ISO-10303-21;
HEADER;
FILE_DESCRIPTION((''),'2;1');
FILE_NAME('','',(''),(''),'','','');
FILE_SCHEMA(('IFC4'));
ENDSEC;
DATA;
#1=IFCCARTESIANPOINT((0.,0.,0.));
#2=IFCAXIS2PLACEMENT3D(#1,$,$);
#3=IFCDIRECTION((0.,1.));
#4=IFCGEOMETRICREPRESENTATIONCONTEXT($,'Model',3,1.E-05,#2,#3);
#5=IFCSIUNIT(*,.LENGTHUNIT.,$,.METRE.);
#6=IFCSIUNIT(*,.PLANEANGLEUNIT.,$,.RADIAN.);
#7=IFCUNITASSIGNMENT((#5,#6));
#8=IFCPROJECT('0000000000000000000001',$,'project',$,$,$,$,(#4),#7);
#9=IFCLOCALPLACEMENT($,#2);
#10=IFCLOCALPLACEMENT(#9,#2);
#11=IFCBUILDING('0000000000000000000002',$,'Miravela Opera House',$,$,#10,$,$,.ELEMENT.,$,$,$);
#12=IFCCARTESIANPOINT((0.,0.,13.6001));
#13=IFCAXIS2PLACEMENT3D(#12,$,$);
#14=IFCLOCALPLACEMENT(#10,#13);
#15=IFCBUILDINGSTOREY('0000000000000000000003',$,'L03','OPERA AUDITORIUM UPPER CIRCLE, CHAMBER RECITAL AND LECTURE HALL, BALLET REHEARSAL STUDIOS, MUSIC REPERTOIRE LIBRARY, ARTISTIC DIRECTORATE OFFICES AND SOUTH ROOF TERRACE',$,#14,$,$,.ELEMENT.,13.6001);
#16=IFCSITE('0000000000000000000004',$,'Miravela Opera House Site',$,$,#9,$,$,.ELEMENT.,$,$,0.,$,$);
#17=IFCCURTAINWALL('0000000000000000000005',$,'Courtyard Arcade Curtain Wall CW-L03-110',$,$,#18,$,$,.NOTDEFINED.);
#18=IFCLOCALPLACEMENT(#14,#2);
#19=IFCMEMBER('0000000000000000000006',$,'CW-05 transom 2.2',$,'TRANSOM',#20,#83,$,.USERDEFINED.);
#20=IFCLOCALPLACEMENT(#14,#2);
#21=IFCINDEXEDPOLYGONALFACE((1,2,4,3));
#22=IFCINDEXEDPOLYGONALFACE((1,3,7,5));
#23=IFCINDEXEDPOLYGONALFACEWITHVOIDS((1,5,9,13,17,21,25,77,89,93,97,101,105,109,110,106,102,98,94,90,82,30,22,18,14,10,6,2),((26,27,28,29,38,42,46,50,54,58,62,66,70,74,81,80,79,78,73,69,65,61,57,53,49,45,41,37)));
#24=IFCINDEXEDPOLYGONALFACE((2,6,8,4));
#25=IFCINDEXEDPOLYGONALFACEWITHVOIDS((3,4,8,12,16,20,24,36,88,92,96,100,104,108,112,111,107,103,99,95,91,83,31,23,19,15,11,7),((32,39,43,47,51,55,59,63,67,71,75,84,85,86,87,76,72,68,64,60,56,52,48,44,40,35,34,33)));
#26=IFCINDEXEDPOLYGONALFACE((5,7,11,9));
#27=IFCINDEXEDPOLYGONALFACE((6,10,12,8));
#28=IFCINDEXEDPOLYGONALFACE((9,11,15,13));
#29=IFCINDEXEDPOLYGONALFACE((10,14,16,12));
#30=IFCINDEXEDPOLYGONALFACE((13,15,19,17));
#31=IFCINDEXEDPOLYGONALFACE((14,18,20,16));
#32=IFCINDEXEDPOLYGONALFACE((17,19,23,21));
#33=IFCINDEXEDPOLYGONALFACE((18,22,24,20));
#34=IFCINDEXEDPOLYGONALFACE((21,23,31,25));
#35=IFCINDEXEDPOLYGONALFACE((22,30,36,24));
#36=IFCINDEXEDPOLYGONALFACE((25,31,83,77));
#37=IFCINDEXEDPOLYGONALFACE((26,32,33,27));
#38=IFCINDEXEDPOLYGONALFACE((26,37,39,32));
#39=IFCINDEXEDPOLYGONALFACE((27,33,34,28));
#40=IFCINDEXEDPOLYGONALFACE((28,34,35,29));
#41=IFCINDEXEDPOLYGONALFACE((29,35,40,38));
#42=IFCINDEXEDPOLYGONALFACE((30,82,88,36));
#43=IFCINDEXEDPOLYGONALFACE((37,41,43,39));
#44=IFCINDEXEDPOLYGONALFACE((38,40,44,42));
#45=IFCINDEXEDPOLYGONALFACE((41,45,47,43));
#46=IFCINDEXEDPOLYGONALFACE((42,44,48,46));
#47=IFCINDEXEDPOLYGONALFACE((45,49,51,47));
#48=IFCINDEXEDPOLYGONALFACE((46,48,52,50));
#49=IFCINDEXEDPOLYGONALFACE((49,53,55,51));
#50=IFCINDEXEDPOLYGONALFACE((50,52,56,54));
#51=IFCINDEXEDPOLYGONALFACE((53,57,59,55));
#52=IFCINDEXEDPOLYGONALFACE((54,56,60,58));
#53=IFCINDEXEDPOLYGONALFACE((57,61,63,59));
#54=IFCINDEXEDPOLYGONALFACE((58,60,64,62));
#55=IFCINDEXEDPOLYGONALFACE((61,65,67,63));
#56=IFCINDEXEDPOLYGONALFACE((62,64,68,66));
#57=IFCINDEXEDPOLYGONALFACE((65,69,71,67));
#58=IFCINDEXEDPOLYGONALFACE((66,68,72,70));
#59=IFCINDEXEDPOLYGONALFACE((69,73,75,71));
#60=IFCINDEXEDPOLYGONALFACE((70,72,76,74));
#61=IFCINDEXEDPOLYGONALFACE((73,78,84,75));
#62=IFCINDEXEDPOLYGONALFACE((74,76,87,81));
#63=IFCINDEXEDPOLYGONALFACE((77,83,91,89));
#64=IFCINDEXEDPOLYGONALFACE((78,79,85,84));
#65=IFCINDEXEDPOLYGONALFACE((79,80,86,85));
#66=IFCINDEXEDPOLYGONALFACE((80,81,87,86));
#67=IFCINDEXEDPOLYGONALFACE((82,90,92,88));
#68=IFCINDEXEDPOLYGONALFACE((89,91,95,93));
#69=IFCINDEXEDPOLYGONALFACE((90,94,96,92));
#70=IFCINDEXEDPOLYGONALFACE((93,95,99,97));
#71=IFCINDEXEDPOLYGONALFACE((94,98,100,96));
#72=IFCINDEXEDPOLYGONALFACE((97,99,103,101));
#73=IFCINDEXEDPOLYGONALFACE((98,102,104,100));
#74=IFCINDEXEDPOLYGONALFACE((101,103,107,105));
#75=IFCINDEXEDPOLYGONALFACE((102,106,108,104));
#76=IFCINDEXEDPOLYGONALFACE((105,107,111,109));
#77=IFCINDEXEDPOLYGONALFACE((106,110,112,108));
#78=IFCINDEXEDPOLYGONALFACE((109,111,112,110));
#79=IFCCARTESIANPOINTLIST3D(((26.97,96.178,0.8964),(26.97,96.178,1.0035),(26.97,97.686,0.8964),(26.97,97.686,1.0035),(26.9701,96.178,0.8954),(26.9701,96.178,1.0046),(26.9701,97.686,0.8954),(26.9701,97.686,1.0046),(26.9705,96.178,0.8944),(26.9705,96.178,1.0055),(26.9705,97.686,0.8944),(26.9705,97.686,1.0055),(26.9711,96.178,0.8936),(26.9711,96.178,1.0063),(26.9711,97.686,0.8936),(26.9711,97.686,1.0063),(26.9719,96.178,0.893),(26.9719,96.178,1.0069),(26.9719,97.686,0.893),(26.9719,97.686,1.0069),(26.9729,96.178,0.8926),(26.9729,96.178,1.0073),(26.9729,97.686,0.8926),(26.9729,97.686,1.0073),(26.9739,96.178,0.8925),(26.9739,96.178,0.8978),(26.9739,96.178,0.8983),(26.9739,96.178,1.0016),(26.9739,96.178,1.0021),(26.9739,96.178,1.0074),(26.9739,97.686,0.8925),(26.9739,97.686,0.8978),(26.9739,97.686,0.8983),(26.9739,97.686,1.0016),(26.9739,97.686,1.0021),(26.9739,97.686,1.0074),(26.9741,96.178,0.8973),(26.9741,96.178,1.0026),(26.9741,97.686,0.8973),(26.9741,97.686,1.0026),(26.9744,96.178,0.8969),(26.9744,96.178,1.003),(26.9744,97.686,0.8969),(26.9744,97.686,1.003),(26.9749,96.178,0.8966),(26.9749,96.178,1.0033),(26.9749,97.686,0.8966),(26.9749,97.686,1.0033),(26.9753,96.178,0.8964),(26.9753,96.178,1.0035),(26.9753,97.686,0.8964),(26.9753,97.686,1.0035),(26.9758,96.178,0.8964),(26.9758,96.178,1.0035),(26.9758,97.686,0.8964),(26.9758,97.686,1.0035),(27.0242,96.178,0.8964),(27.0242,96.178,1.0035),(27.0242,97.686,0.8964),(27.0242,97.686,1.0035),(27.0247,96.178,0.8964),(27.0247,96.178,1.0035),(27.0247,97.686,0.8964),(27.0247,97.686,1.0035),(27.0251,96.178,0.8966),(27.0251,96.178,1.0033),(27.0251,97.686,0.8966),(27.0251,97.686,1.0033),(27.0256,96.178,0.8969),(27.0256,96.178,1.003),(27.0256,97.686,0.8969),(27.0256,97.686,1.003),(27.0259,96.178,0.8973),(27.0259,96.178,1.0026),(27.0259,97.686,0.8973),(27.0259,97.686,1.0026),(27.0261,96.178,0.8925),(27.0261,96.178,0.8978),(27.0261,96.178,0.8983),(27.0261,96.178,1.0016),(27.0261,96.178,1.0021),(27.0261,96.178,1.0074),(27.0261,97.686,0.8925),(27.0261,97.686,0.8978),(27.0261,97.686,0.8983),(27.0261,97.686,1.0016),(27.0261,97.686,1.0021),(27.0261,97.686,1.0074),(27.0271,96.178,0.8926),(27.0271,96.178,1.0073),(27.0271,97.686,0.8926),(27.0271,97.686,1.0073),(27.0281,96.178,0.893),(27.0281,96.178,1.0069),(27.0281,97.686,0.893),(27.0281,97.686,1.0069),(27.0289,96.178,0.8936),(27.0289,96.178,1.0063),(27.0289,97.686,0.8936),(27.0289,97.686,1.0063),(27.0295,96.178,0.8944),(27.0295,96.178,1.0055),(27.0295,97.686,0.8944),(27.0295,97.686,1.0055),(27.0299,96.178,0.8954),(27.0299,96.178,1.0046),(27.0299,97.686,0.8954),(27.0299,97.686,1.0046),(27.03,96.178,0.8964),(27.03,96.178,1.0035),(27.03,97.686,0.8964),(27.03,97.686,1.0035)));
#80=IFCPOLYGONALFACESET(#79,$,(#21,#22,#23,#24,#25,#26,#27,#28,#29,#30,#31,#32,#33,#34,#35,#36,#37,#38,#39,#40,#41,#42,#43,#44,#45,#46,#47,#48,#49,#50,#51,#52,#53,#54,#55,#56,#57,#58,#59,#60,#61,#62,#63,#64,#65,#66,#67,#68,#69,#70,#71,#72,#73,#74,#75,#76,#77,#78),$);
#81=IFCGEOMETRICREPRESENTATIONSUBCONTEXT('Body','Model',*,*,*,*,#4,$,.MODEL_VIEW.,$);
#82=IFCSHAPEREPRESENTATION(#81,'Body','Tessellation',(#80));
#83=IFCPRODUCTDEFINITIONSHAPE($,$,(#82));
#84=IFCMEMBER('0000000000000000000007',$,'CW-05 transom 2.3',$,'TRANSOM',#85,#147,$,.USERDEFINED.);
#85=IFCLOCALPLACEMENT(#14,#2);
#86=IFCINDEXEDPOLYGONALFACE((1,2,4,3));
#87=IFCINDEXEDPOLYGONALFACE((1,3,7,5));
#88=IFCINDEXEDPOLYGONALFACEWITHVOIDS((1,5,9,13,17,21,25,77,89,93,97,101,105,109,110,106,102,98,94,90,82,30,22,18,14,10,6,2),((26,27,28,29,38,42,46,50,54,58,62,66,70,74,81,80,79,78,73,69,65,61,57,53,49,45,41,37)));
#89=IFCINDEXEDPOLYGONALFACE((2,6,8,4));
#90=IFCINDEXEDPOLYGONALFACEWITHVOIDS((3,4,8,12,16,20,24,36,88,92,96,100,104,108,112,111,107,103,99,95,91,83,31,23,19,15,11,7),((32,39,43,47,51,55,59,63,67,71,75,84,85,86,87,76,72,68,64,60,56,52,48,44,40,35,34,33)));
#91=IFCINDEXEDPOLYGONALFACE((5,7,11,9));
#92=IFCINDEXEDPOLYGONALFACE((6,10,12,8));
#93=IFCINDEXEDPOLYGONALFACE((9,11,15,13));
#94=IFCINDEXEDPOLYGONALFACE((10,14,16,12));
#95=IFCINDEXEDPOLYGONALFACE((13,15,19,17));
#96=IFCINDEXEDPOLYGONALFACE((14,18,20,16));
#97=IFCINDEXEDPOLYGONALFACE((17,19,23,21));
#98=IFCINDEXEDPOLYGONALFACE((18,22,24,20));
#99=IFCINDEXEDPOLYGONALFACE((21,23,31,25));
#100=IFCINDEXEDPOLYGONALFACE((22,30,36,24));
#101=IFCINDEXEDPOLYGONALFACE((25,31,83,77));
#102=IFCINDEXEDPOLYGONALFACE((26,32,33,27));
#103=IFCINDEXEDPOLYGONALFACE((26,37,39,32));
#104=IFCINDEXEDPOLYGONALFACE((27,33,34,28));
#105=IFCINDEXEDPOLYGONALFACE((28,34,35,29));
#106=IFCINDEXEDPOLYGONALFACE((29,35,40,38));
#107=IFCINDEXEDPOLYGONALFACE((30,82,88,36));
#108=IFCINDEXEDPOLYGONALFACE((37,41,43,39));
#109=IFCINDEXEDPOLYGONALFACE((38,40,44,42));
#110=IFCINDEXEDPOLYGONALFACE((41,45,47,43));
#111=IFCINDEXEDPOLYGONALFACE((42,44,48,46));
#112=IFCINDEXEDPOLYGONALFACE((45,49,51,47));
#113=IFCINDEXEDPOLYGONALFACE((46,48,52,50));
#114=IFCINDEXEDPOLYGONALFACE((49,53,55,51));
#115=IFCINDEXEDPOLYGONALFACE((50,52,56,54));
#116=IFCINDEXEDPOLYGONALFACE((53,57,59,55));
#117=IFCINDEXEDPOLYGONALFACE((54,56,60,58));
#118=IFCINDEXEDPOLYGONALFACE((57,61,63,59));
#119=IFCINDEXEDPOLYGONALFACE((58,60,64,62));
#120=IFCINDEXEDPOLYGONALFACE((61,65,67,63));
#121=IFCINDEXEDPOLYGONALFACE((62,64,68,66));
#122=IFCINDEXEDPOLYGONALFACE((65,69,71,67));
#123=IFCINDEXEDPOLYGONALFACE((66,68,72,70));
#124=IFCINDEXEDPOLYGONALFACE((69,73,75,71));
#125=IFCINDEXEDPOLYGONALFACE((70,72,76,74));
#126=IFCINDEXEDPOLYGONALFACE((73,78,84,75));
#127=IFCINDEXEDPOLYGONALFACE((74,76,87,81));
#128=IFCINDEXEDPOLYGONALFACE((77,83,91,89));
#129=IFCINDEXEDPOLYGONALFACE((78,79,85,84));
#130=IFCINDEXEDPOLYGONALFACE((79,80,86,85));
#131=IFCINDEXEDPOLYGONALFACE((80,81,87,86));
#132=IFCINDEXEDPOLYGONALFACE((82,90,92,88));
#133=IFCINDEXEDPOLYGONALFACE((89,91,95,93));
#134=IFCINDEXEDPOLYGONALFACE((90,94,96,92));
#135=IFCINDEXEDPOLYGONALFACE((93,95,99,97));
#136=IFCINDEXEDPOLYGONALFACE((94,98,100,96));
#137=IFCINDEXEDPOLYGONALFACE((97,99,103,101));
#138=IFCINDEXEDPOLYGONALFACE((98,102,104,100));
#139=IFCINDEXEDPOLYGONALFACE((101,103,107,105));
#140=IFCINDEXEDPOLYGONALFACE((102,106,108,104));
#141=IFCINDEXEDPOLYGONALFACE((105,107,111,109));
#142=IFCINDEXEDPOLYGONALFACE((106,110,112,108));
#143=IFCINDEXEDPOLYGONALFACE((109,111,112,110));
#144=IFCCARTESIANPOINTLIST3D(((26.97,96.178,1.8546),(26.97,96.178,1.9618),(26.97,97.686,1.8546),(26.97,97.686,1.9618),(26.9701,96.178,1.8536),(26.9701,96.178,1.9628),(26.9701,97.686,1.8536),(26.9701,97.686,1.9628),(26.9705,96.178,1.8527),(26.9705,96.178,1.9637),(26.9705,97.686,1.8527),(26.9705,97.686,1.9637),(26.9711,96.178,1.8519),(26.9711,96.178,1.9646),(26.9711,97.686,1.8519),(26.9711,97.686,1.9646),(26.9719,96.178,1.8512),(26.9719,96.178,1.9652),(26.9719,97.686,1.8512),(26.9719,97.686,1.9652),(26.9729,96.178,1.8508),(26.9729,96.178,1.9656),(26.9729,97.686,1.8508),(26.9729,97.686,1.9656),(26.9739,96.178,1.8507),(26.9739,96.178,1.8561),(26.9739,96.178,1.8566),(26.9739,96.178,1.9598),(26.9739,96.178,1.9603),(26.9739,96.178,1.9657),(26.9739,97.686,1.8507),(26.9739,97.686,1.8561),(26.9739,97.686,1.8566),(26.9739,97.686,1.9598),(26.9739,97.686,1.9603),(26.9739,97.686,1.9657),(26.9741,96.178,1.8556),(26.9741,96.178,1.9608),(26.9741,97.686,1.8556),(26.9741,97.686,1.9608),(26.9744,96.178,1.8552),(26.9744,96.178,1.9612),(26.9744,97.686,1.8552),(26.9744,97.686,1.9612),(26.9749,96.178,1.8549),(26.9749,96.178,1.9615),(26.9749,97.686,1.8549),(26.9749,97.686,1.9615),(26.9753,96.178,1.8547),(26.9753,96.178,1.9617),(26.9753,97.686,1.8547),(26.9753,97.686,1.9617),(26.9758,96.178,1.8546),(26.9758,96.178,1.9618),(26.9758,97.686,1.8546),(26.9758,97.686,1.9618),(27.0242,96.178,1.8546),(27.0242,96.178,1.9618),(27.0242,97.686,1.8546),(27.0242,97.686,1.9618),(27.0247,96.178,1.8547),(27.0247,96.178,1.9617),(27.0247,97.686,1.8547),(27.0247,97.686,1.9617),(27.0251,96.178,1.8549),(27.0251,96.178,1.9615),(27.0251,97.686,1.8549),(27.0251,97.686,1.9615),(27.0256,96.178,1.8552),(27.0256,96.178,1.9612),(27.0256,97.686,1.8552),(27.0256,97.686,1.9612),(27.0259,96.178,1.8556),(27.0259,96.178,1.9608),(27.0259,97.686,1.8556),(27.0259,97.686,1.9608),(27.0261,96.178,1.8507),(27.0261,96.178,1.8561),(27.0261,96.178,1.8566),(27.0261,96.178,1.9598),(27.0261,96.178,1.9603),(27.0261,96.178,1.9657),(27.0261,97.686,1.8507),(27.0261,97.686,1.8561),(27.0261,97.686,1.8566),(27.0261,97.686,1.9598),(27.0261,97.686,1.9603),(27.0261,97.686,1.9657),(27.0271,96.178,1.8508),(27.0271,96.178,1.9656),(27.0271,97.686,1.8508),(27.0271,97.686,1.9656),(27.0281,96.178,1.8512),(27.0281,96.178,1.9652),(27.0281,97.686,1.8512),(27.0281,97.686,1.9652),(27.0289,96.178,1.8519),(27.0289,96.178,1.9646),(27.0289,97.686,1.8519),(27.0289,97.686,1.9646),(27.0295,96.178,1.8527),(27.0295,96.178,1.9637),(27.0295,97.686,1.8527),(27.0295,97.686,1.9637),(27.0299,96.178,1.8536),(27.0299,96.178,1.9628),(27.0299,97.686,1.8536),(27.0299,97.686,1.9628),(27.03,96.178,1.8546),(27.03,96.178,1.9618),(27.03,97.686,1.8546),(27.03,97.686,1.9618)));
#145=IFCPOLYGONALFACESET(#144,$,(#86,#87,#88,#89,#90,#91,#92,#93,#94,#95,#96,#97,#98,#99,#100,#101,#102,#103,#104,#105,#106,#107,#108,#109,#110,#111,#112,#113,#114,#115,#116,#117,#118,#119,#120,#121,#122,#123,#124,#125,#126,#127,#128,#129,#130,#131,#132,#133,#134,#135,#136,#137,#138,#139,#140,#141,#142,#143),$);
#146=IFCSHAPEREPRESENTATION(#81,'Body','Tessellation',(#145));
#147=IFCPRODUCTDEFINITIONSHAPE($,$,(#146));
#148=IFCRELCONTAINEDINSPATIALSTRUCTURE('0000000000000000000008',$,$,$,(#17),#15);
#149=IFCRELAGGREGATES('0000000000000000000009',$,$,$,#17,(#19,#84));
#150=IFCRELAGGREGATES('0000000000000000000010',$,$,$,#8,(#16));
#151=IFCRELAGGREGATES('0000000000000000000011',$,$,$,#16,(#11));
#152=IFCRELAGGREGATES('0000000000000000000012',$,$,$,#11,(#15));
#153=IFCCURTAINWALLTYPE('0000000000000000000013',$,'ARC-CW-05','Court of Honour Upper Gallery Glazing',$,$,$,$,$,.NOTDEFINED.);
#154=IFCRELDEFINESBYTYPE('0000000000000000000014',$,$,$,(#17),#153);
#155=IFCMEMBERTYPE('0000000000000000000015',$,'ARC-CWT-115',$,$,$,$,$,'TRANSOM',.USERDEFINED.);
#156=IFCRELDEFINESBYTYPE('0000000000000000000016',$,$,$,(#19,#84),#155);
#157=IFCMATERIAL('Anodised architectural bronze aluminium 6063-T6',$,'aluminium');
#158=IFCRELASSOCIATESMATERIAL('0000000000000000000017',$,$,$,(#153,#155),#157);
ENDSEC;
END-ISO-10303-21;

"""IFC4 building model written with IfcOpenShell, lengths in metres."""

from ifc_helpers import new_model, si_unit, direction, frame, origin, origin_2d, place, context, subcontext, project, spatial, hollow_rectangle, extrude, material, material_profile, profile_set, type_object, element, aggregate, save


model = new_model("IFC4")

# Units and contexts
model_context = context("Model", 3, precision=1e-05, world=origin(), true_north=direction((0.0, 1.0)))
body_context = subcontext(model_context, "Body", "Model", "MODEL_VIEW")
ifc_project = project(units=[si_unit("LENGTHUNIT", "METRE"), si_unit("PLANEANGLEUNIT", "RADIAN")], contexts=[model_context])

# Site, building, storey
site_placement = place(None, origin())
site = spatial("IfcSite", under=ifc_project, at=site_placement, Name="Miravela Opera House Site", CompositionType="ELEMENT", RefElevation=0.0)
building_placement = place(site_placement, origin())
building = spatial("IfcBuilding", under=site, at=building_placement, Name="Miravela Opera House", CompositionType="ELEMENT")
storey_placement = place(building_placement, frame((0.0, 0.0, 13.6001)))
storey = spatial("IfcBuildingStorey", under=building, at=storey_placement, Name="L03", Description="OPERA AUDITORIUM UPPER CIRCLE, CHAMBER RECITAL AND LECTURE HALL, BALLET REHEARSAL STUDIOS, MUSIC REPERTOIRE LIBRARY, ARTISTIC DIRECTORATE OFFICES AND SOUTH ROOF TERRACE", CompositionType="ELEMENT", Elevation=13.6001)

# Curtain wall
ifc_material_1 = material(Name="Anodised architectural bronze aluminium 6063-T6", Category="aluminium")
curtain_wall_type = type_object("IfcCurtainWallType", Name="ARC-CW-05", Description="Court of Honour Upper Gallery Glazing", PredefinedType="NOTDEFINED", material=ifc_material_1)
curtain_wall_1_placement = place(storey_placement, origin())
curtain_wall_1 = element("IfcCurtainWall", 1, at=curtain_wall_1_placement, inside=storey, type_object=curtain_wall_type, Name="Courtyard Arcade Curtain Wall CW-L03-110", PredefinedType="NOTDEFINED")

# Members
ifc_material_profile_1 = material_profile(ifc_material_1, hollow_rectangle(XDim=0.0601, YDim=0.115, WallThickness=0.0039, InnerFilletRadius=0.002, OuterFilletRadius=0.0039, at=origin_2d()), Name="CWT-60X115")
ifc_profile_set_1 = profile_set([ifc_material_profile_1])
member_type_1 = type_object("IfcMemberType", Name="ARC-CWT-115", ElementType="TRANSOM", PredefinedType="USERDEFINED", material=ifc_profile_set_1)
member_1_placement = place(storey_placement, frame((27.0, 96.178, 0.95), z_axis=(0.0, 1.0, 0.0), x_axis=(-1.0, 0.0, 0.0)))
member_1 = element("IfcMember", 2, at=member_1_placement, type_object=member_type_1, Name="CW-05 transom 2.2", ObjectType="TRANSOM", PredefinedType="USERDEFINED", context=body_context, shape_type="SweptSolid", body=[
    extrude(hollow_rectangle(XDim=0.0601, YDim=0.115, WallThickness=0.0039, InnerFilletRadius=0.002, OuterFilletRadius=0.0039, at=origin_2d()), origin(), (0.0, 0.0, 1.0), 1.5081),
])
member_2_placement = place(storey_placement, frame((27.0, 96.178, 1.9082), z_axis=(0.0, 1.0, 0.0), x_axis=(-1.0, 0.0, 0.0)))
member_2 = element("IfcMember", 3, at=member_2_placement, type_object=member_type_1, Name="CW-05 transom 2.3", ObjectType="TRANSOM", PredefinedType="USERDEFINED", context=body_context, shape_type="SweptSolid", body=[
    extrude(hollow_rectangle(XDim=0.0601, YDim=0.115, WallThickness=0.0039, InnerFilletRadius=0.002, OuterFilletRadius=0.0039, at=origin_2d()), origin(), (0.0, 0.0, 1.0), 1.5081),
])

aggregate(curtain_wall_1, [member_1, member_2])

save(model, "model.ifc")
